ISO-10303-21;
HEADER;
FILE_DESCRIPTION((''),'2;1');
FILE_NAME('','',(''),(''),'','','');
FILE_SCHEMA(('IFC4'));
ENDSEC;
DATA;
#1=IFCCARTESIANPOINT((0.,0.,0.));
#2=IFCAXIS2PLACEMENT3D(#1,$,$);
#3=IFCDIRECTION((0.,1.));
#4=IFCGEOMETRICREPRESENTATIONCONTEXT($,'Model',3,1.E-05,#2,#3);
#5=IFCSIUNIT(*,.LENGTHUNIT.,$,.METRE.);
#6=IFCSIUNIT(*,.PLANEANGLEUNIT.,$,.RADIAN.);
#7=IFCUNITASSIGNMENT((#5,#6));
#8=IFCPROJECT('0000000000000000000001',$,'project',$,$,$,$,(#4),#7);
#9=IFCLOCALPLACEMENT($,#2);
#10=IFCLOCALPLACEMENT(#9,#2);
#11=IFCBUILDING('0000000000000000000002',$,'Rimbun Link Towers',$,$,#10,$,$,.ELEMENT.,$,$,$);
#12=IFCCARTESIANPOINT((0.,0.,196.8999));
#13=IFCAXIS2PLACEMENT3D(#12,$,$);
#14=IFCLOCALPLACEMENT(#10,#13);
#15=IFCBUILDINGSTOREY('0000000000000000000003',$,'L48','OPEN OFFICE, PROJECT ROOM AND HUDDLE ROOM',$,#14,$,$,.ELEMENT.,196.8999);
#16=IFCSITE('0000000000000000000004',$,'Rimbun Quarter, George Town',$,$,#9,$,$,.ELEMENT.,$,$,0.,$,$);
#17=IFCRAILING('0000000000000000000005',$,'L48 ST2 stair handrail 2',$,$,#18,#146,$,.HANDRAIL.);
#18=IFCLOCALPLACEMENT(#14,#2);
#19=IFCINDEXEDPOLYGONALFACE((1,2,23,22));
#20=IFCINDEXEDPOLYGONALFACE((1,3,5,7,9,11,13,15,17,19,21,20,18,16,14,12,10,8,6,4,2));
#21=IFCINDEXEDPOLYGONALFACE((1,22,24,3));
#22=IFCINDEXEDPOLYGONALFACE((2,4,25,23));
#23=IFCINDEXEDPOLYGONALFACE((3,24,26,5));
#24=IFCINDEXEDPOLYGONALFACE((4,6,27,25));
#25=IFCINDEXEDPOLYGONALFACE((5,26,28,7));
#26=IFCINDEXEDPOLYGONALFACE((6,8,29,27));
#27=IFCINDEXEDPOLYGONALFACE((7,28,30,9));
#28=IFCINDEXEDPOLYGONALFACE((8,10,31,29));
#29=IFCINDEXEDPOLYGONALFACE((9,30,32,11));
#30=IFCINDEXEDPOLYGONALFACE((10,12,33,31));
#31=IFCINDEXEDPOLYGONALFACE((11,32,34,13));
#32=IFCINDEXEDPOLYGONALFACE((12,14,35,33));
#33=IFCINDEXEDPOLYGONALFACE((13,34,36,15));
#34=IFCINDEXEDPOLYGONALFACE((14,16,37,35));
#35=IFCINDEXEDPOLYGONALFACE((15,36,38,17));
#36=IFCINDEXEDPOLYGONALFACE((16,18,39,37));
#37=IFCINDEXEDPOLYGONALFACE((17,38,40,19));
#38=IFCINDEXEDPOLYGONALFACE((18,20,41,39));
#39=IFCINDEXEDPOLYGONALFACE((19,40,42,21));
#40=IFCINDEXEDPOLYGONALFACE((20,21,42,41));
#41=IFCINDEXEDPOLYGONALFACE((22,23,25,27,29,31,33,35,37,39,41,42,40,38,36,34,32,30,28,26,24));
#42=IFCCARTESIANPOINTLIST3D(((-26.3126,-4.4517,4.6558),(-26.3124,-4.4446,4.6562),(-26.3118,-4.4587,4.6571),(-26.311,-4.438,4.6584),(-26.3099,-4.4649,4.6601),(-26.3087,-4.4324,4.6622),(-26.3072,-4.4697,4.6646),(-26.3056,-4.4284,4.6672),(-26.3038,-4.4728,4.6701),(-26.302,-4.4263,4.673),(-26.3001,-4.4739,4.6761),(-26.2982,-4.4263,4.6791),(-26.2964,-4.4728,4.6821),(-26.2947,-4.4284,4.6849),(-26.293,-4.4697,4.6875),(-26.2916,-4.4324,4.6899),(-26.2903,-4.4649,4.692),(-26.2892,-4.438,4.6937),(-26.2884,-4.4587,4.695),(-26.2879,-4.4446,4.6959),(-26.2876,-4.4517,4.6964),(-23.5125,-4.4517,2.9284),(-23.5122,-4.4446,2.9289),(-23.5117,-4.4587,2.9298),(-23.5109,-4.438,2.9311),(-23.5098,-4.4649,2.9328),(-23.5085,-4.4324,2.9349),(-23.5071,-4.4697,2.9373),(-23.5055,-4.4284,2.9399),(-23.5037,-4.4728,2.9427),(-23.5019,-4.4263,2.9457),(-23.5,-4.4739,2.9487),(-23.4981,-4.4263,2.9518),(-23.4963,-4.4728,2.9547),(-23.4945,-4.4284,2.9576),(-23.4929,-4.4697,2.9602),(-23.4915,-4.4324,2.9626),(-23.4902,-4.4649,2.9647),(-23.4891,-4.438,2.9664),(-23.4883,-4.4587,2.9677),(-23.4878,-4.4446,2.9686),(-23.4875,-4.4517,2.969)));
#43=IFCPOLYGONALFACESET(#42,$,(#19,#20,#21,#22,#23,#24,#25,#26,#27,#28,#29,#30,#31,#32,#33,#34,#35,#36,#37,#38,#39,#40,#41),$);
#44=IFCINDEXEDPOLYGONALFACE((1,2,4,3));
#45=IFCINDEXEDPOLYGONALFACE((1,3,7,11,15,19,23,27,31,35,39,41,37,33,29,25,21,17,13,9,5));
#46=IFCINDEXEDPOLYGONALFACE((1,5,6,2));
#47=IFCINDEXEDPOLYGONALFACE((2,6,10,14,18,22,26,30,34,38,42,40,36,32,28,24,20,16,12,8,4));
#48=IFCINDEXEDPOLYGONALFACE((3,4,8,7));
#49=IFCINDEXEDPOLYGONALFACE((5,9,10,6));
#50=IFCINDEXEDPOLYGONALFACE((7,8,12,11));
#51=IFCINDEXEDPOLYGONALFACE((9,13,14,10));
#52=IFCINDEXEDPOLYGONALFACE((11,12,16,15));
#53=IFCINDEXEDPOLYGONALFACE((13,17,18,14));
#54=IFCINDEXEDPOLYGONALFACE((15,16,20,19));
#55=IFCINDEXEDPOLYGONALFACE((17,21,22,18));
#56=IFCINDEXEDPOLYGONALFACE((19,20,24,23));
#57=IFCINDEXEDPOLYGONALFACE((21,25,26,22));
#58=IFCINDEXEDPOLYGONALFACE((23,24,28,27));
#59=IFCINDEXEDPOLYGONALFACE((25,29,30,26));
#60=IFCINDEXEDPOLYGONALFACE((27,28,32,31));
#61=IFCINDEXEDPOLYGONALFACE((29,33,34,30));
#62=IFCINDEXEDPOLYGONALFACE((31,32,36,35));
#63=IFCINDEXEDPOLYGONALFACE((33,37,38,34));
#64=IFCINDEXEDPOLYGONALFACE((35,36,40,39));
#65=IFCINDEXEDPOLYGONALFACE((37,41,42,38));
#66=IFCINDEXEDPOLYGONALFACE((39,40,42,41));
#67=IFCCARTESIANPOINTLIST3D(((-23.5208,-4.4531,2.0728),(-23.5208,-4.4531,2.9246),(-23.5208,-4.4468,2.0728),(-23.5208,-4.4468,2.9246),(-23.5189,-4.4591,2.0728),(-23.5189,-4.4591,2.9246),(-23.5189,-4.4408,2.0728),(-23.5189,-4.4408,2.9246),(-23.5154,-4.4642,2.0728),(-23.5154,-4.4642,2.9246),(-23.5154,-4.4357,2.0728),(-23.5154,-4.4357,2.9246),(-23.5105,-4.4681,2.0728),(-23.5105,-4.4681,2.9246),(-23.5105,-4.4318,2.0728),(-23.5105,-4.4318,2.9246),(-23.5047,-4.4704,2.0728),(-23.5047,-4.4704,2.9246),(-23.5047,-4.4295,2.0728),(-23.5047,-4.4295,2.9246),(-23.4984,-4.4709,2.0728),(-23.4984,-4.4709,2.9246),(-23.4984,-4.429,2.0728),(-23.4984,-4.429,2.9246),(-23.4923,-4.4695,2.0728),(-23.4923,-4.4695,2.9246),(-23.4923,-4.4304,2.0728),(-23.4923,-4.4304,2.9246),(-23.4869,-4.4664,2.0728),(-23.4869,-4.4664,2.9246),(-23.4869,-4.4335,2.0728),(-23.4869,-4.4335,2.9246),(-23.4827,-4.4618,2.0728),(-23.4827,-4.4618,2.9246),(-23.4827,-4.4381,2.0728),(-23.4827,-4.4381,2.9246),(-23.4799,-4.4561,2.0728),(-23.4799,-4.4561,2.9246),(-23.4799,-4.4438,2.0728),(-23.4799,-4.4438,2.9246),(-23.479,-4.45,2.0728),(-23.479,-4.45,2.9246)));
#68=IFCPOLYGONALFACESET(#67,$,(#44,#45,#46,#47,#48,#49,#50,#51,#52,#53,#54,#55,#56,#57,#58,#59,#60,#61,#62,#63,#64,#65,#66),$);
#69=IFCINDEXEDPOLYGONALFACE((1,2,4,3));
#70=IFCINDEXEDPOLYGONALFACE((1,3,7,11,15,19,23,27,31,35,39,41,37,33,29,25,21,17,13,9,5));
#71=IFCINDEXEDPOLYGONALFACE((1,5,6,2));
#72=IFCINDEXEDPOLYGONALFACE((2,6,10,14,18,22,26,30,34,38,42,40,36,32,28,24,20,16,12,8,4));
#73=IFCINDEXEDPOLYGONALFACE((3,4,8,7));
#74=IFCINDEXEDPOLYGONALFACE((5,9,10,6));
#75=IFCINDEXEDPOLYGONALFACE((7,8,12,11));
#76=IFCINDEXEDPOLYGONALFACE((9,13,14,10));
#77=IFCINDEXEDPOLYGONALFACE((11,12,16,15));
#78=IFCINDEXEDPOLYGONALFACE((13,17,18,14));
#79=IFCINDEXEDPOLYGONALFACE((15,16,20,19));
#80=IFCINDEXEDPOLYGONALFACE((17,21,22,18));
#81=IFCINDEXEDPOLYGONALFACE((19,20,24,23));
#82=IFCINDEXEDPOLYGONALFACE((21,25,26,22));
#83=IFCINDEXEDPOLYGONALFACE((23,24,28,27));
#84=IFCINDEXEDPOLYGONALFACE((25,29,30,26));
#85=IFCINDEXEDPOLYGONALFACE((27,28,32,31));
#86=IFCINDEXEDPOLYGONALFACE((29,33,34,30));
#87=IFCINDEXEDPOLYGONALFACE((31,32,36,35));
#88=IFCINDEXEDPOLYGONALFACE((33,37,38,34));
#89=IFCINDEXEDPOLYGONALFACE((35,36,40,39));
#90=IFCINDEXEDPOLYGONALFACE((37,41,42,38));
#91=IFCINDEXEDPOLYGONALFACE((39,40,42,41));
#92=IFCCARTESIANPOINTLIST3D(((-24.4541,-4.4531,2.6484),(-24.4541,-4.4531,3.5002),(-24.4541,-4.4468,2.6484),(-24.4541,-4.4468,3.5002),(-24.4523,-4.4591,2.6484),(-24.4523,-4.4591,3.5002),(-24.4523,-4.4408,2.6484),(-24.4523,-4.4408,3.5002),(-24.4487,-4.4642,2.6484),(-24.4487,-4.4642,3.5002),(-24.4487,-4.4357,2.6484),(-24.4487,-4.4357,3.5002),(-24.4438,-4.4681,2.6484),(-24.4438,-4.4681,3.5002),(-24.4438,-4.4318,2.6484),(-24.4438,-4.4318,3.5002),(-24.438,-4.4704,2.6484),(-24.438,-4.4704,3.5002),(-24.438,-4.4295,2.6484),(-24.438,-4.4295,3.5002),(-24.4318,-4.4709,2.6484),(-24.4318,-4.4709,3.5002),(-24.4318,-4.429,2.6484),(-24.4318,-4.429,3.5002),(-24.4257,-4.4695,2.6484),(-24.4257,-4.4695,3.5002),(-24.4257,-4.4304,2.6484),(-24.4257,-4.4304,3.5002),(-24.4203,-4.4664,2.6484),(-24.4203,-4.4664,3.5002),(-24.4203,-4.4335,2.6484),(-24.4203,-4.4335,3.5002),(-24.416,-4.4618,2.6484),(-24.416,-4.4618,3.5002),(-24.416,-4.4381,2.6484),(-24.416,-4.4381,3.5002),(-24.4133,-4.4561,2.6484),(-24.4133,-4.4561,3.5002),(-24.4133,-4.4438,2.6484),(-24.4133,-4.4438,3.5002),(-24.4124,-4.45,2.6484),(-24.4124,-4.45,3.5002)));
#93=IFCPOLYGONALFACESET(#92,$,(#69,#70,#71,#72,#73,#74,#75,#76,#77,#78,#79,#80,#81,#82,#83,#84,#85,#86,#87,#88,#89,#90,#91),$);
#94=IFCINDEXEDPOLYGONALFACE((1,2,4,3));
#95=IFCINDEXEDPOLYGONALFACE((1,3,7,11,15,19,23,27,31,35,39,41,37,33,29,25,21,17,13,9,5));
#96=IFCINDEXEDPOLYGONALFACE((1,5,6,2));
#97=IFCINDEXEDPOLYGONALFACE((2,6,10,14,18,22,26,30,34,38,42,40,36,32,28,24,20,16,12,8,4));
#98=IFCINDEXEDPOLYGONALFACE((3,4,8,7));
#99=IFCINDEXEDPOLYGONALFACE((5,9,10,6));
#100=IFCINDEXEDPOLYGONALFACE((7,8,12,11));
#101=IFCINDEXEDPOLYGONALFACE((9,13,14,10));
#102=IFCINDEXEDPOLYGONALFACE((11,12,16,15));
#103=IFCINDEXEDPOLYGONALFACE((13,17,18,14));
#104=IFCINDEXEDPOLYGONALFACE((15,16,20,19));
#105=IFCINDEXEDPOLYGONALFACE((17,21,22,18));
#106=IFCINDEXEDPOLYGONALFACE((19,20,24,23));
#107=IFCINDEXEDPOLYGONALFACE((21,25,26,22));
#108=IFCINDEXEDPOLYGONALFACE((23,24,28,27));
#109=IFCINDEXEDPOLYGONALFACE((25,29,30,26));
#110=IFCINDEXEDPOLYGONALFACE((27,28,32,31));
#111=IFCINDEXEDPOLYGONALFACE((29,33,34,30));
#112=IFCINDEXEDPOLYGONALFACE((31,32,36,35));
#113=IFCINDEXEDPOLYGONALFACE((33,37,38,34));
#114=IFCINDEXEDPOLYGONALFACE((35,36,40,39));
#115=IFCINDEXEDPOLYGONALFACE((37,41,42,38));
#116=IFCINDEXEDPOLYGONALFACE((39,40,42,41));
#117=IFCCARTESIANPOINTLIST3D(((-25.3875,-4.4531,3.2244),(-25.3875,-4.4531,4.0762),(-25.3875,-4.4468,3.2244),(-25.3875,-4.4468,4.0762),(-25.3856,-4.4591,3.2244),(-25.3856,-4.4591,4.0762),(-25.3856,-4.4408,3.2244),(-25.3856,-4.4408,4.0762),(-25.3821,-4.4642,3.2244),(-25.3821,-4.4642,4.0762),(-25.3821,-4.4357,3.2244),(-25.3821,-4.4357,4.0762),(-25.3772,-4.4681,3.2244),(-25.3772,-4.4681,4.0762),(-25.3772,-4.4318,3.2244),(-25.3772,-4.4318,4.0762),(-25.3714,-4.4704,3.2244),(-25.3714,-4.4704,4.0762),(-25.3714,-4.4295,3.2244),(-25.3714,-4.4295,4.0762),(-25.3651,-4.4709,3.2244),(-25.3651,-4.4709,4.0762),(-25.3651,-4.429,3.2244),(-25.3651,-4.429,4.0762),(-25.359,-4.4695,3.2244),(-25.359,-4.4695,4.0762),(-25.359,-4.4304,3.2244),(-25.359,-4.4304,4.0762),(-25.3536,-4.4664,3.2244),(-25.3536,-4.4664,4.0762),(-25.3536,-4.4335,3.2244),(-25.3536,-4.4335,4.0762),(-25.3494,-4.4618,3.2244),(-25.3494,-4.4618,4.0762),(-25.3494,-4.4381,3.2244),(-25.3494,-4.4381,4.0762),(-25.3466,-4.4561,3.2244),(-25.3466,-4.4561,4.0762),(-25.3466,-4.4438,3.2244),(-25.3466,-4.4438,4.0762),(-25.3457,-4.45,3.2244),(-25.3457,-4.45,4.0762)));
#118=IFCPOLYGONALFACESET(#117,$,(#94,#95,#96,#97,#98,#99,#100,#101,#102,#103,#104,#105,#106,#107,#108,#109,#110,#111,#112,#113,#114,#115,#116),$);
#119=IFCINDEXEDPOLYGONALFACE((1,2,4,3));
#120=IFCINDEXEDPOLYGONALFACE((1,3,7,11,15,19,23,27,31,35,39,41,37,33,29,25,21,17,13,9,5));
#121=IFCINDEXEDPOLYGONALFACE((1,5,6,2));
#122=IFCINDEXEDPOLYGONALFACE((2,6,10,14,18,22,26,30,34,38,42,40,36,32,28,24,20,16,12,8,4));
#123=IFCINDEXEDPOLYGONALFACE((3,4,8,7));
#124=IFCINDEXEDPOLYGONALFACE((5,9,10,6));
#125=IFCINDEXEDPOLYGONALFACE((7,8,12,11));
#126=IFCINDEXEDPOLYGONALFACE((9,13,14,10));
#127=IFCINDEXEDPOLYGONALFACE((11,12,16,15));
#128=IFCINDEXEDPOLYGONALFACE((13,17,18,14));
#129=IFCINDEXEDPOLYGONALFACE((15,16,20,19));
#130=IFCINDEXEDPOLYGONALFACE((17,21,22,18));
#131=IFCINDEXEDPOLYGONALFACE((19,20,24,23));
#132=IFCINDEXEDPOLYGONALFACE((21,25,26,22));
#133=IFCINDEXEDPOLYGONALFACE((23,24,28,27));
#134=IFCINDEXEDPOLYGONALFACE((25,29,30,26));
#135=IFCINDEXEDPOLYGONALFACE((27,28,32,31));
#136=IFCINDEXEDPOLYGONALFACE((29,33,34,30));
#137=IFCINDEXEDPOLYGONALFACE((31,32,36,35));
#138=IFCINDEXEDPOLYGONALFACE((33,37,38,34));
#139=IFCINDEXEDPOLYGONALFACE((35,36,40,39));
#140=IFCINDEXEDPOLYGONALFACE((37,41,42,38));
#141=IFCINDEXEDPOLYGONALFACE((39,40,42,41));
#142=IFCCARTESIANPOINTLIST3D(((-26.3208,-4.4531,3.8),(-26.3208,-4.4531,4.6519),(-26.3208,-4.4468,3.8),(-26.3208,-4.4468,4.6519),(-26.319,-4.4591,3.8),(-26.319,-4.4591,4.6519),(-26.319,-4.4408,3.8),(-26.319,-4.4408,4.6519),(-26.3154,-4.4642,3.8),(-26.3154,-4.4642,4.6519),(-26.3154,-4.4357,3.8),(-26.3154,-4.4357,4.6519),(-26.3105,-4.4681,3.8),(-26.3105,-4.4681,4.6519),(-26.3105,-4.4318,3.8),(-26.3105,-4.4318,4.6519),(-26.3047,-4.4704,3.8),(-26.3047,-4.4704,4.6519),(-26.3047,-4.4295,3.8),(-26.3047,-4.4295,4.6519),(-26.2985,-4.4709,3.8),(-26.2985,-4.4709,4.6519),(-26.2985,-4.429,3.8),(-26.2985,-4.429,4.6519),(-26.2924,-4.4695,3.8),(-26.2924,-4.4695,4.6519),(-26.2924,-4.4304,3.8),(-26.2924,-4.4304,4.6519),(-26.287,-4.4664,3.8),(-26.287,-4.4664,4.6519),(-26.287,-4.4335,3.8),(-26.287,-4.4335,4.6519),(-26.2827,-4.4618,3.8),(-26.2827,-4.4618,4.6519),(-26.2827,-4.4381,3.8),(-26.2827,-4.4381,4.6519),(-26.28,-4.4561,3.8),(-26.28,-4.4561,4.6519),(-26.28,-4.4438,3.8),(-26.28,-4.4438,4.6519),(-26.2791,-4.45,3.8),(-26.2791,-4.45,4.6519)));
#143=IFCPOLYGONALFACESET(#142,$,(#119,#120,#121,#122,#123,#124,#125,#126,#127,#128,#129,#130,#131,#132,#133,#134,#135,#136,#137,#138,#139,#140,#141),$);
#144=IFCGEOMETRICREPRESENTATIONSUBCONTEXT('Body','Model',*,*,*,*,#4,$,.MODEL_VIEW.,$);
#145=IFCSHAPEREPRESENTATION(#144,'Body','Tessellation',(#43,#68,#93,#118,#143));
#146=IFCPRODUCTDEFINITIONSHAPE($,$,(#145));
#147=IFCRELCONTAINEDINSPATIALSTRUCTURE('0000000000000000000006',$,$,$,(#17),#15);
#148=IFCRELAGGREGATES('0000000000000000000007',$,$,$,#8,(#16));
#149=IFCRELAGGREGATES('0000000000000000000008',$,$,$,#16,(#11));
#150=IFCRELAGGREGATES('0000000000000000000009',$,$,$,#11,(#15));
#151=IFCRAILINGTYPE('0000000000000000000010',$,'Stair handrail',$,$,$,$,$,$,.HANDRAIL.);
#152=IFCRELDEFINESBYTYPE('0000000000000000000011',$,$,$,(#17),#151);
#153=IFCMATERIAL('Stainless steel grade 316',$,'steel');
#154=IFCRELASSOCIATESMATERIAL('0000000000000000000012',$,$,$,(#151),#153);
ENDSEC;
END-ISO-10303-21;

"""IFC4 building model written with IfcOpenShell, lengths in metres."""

from ifc_helpers import new_model, si_unit, direction, frame, origin, origin_2d, place, context, subcontext, project, spatial, circle, extrude, material, type_object, element, save


model = new_model("IFC4")

# Units and contexts
model_context = context("Model", 3, precision=1e-05, world=origin(), true_north=direction((0.0, 1.0)))
body_context = subcontext(model_context, "Body", "Model", "MODEL_VIEW")
ifc_project = project(units=[si_unit("LENGTHUNIT", "METRE"), si_unit("PLANEANGLEUNIT", "RADIAN")], contexts=[model_context])

# Site, building, storey
site_placement = place(None, origin())
site = spatial("IfcSite", under=ifc_project, at=site_placement, Name="Rimbun Quarter, George Town", CompositionType="ELEMENT", RefElevation=0.0)
building_placement = place(site_placement, origin())
building = spatial("IfcBuilding", under=site, at=building_placement, Name="Rimbun Link Towers", CompositionType="ELEMENT")
storey_placement = place(building_placement, frame((0.0, 0.0, 196.8999)))
storey = spatial("IfcBuildingStorey", under=building, at=storey_placement, Name="L48", Description="OPEN OFFICE, PROJECT ROOM AND HUDDLE ROOM", CompositionType="ELEMENT", Elevation=196.8999)

# Railing
ifc_material_1 = material(Name="Stainless steel grade 316", Category="steel")
railing_type_1 = type_object("IfcRailingType", Name="Stair handrail", PredefinedType="HANDRAIL", material=ifc_material_1)
railing_1_placement = place(storey_placement, frame((-23.5, -4.45, 2.0728)))
element("IfcRailing", 1, at=railing_1_placement, inside=storey, type_object=railing_type_1, Name="L48 ST2 stair handrail 2", PredefinedType="HANDRAIL", context=body_context, shape_type="SweptSolid", body=[
    extrude(circle(Radius=0.0239, at=origin_2d()), frame((0.0, 0.0, 0.876), z_axis=(-0.85109, 0.0, 0.52502), x_axis=(0.0, -1.0, 0.0)), (0.0, 0.0, 1.0), 3.29),
    extrude(circle(Radius=0.021, at=origin_2d()), origin(), (0.0, 0.0, 1.0), 0.8518),
    extrude(circle(Radius=0.021, at=origin_2d()), frame((-0.9333, 0.0, 0.5757)), (0.0, 0.0, 1.0), 0.8518),
    extrude(circle(Radius=0.021, at=origin_2d()), frame((-1.8667, 0.0, 1.1516)), (0.0, 0.0, 1.0), 0.8518),
    extrude(circle(Radius=0.021, at=origin_2d()), frame((-2.8, 0.0, 1.7273)), (0.0, 0.0, 1.0), 0.8518),
])

save(model, "model.ifc")
